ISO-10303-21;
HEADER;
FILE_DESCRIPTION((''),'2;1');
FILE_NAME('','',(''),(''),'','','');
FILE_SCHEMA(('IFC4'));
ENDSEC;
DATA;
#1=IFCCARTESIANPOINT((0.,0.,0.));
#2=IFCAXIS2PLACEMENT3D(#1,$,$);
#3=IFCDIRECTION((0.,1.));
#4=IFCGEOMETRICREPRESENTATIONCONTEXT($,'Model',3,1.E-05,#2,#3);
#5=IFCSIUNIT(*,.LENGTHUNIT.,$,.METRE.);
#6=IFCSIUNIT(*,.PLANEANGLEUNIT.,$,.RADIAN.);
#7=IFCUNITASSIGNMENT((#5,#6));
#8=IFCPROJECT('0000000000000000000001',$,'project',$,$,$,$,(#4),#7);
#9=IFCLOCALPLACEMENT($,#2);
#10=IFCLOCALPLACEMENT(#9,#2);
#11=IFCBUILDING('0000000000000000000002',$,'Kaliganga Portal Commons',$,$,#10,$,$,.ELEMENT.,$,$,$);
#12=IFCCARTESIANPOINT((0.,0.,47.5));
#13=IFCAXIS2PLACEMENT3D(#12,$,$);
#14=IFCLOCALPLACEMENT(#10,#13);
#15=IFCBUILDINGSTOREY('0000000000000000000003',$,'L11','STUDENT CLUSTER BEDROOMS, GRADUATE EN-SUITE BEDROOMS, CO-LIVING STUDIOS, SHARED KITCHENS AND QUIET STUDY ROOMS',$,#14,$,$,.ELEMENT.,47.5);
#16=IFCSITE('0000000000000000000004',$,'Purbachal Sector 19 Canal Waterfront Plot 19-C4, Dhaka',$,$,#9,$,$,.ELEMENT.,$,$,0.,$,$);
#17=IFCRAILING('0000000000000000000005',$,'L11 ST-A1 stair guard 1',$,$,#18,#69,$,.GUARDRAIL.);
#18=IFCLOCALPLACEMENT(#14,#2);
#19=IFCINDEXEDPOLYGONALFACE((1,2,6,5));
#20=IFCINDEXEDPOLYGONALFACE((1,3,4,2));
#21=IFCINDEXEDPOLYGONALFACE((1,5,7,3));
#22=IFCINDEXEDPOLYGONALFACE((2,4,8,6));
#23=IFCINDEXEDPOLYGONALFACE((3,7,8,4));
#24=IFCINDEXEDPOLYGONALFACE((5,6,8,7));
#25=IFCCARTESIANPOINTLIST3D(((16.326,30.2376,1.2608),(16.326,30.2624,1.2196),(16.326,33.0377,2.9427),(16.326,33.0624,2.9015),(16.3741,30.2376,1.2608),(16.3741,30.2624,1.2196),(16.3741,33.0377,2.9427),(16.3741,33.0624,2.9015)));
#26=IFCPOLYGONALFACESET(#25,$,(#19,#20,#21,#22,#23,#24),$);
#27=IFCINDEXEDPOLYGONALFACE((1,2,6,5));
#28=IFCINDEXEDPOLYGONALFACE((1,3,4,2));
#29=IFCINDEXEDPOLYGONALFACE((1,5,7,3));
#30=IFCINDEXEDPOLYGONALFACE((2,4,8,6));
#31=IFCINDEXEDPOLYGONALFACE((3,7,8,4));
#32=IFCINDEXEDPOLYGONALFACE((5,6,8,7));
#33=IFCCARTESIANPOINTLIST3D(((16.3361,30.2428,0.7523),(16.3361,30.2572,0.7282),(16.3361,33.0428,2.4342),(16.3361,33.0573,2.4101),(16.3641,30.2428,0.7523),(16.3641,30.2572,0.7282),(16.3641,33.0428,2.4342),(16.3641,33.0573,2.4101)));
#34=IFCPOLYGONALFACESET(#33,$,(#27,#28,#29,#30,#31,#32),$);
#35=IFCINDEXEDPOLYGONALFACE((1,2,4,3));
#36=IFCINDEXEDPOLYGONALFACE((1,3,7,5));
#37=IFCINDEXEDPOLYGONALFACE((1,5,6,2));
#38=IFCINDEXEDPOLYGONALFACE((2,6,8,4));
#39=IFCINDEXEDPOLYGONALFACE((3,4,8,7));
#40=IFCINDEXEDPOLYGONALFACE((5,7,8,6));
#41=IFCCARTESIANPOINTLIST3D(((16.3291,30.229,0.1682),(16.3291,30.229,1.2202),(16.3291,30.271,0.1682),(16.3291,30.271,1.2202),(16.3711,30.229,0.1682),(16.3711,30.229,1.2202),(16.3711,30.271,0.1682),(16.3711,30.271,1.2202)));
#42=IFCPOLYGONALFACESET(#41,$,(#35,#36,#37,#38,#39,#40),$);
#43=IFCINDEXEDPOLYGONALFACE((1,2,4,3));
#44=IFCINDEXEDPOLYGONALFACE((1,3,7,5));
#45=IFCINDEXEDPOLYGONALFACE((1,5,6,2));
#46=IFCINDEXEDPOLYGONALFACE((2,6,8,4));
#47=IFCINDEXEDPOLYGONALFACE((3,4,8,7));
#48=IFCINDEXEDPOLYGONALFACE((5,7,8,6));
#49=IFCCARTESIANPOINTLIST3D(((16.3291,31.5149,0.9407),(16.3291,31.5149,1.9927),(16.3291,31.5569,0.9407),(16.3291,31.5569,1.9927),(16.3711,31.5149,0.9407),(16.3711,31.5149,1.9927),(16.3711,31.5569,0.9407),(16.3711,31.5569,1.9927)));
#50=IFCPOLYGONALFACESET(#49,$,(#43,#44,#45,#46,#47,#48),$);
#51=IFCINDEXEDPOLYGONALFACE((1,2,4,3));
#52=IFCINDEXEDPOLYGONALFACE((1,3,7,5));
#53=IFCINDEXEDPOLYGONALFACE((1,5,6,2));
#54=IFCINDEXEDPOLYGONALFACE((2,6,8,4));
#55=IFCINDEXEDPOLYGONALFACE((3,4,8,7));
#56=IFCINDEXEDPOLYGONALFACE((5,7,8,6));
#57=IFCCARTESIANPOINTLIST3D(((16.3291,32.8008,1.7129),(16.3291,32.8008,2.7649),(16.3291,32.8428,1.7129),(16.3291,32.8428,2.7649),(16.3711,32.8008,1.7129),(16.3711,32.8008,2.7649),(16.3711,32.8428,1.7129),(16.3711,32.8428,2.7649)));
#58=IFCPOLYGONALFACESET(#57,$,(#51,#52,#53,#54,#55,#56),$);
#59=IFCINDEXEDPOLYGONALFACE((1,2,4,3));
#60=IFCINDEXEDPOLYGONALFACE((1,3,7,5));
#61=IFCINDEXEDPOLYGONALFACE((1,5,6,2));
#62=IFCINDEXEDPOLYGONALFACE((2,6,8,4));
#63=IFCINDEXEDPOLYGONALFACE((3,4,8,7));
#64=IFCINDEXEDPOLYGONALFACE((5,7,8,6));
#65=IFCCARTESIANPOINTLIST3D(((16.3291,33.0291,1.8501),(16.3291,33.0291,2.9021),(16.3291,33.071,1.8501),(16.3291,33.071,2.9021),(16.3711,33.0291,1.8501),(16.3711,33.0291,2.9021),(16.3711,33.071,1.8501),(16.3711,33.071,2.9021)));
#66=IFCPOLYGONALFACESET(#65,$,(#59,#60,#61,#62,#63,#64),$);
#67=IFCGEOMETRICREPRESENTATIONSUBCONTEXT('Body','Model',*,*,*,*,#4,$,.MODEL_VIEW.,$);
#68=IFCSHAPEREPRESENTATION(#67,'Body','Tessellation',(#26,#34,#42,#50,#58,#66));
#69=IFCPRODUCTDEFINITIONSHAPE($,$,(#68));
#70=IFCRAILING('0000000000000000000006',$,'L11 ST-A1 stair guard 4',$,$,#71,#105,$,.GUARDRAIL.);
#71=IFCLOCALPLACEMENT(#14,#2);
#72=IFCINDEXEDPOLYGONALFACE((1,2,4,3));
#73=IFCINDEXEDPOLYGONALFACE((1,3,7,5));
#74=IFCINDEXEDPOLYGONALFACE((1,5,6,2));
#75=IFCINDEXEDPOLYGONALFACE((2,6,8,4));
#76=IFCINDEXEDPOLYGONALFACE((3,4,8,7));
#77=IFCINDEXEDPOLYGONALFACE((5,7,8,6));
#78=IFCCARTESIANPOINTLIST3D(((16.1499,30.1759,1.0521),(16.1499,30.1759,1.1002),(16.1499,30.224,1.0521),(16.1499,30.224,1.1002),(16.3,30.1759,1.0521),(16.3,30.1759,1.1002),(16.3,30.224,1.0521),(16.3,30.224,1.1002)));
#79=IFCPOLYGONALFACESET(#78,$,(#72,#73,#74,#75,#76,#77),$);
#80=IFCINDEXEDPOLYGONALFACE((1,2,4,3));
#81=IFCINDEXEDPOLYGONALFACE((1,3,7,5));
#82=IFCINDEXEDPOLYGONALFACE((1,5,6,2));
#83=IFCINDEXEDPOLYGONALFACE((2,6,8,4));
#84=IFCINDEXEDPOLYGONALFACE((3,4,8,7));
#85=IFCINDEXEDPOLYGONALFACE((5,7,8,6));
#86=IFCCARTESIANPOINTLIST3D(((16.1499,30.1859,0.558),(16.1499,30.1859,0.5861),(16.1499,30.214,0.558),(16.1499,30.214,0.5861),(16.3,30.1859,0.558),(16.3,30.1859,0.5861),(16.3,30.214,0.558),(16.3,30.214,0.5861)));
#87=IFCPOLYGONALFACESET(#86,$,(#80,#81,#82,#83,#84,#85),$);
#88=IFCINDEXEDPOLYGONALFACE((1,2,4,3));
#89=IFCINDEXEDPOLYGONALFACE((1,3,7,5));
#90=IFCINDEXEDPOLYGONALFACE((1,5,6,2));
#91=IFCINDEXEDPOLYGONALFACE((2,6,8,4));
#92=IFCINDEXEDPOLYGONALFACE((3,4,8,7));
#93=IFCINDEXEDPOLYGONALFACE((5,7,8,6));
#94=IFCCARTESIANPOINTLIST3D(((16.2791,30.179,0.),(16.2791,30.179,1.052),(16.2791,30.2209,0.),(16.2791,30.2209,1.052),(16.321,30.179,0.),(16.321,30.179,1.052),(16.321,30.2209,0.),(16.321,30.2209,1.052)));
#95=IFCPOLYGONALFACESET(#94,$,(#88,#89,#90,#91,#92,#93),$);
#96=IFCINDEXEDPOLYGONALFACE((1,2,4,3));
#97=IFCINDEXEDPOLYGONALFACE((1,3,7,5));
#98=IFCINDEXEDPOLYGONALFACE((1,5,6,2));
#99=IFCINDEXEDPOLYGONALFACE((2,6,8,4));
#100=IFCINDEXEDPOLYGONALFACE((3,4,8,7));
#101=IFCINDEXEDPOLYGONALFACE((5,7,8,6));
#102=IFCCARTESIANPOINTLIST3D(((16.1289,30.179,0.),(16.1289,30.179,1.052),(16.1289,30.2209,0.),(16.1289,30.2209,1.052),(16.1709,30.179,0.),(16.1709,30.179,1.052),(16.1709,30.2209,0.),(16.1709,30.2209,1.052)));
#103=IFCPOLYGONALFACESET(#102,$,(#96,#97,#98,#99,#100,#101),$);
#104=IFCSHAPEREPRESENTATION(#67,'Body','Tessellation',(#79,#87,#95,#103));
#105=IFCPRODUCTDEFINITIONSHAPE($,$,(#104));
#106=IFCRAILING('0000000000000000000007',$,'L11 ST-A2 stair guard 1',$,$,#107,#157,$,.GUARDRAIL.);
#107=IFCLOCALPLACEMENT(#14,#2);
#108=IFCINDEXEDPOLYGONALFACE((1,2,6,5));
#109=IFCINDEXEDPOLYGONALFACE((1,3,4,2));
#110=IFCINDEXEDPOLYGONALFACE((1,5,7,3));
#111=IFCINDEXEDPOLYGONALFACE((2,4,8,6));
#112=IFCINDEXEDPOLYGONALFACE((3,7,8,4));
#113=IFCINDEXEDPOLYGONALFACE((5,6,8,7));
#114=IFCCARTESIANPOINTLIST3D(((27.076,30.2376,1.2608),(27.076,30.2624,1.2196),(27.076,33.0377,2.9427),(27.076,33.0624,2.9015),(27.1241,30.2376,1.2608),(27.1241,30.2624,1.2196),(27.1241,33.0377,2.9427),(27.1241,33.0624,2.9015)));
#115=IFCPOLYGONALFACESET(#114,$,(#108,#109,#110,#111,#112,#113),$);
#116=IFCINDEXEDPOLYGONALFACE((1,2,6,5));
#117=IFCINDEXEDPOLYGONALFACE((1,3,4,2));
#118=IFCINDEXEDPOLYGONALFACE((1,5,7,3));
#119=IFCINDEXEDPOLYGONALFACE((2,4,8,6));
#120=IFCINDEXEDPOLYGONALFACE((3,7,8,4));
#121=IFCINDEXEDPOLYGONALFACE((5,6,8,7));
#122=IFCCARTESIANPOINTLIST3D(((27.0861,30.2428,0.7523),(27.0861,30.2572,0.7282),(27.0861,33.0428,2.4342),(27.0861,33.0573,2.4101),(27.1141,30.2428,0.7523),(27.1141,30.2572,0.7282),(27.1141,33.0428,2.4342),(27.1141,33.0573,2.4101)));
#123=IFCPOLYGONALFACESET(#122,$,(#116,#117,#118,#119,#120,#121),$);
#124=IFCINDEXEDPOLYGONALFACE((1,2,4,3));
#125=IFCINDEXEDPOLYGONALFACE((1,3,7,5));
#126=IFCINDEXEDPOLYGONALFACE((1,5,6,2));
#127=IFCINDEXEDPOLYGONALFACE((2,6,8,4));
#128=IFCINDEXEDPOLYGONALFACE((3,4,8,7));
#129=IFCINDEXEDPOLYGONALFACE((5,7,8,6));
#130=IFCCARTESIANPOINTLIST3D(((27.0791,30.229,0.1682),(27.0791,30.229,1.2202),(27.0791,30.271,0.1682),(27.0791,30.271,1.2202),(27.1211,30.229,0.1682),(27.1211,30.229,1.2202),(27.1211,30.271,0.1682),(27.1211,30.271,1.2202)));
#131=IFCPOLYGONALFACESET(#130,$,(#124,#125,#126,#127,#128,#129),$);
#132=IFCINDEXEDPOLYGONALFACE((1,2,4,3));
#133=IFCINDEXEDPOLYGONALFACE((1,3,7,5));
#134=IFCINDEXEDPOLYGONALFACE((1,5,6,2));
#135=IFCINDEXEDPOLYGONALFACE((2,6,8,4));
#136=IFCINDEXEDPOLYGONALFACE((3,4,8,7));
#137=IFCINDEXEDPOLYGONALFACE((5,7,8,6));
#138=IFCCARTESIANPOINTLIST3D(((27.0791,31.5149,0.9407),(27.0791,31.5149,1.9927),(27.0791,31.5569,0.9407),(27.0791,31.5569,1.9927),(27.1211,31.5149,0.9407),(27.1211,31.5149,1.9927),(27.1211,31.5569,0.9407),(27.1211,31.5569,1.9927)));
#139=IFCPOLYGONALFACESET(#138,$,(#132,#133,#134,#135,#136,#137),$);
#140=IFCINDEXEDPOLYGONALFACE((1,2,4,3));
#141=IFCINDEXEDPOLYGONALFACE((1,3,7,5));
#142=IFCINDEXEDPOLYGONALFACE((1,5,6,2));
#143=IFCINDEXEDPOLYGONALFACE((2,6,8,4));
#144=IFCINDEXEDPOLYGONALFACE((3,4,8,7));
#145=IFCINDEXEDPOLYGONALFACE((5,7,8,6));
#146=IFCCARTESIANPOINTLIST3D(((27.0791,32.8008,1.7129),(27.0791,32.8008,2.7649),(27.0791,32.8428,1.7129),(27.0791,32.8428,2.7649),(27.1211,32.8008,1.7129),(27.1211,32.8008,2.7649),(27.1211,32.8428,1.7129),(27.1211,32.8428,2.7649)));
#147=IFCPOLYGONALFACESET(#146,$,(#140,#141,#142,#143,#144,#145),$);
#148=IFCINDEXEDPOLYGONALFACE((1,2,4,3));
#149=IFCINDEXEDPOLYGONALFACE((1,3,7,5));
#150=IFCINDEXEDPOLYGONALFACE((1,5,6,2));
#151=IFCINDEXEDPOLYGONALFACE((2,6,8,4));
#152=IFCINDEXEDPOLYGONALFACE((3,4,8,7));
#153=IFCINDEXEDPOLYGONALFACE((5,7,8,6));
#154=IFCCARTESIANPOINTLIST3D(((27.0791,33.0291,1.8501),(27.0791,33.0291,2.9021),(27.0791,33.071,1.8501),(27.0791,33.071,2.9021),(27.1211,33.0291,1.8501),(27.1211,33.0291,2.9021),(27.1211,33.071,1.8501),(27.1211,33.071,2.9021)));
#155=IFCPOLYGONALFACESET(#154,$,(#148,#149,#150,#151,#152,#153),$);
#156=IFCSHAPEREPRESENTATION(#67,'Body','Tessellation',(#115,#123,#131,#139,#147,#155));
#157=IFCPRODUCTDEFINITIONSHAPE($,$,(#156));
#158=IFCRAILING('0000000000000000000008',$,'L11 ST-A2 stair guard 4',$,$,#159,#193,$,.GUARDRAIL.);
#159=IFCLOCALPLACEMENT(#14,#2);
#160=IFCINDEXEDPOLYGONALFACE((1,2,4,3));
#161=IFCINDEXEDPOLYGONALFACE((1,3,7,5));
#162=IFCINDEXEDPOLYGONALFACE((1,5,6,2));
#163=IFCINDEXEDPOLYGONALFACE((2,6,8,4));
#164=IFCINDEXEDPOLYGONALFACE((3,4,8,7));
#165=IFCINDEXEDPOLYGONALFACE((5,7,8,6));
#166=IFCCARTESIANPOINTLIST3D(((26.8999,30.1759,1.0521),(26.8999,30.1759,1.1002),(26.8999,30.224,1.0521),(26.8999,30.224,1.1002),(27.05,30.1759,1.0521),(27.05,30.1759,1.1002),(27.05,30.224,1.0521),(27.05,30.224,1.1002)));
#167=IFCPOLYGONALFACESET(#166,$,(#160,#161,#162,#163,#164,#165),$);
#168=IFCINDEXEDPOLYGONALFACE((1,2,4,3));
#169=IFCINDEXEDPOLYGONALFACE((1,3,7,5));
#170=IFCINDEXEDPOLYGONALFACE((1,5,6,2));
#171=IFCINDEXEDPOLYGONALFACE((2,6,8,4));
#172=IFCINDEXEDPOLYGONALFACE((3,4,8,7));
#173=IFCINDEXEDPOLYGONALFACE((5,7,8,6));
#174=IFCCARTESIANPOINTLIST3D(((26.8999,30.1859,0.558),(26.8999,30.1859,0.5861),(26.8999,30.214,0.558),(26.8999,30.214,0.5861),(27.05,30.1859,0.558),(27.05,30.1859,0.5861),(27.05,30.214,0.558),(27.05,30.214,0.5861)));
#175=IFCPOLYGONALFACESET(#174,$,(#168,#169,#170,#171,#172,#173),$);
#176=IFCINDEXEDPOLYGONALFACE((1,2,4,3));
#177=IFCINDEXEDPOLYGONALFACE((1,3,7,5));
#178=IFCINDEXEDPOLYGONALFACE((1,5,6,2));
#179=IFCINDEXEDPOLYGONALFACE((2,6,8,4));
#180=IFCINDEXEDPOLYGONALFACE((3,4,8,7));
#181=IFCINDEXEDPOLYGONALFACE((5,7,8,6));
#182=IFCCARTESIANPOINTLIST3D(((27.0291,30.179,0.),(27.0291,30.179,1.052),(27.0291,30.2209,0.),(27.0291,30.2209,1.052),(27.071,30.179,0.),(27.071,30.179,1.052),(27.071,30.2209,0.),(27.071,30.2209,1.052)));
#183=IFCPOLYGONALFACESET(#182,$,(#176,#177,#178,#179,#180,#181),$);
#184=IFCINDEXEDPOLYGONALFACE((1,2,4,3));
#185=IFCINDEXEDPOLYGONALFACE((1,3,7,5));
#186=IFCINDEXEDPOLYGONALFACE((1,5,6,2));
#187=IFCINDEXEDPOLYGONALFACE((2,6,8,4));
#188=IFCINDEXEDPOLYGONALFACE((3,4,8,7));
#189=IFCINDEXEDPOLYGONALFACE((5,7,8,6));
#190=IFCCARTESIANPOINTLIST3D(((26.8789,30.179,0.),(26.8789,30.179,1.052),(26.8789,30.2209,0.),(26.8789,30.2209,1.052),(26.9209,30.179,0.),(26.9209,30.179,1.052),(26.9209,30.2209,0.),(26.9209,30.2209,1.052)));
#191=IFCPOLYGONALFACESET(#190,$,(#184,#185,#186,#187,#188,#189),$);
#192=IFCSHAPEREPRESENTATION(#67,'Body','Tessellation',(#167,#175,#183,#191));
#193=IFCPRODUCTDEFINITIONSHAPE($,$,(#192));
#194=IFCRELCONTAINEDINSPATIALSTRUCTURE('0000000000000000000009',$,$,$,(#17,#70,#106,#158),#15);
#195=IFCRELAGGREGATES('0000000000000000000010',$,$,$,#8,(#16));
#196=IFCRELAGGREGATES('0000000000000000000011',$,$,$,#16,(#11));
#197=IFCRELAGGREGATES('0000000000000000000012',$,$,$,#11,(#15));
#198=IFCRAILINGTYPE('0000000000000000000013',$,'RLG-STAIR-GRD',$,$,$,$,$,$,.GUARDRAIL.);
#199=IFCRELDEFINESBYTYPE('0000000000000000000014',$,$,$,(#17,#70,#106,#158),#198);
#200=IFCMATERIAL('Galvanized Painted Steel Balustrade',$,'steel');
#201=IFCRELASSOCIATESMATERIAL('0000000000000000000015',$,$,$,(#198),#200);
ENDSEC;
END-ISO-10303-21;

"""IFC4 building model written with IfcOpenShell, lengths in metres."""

from ifc_helpers import new_model, si_unit, direction, frame, origin, origin_2d, place, context, subcontext, project, spatial, rectangle, extrude, material, type_object, element, save


model = new_model("IFC4")

# Units and contexts
model_context = context("Model", 3, precision=1e-05, world=origin(), true_north=direction((0.0, 1.0)))
body_context = subcontext(model_context, "Body", "Model", "MODEL_VIEW")
ifc_project = project(units=[si_unit("LENGTHUNIT", "METRE"), si_unit("PLANEANGLEUNIT", "RADIAN")], contexts=[model_context])

# Site, building, storey
site_placement = place(None, origin())
site = spatial("IfcSite", under=ifc_project, at=site_placement, Name="Purbachal Sector 19 Canal Waterfront Plot 19-C4, Dhaka", CompositionType="ELEMENT", RefElevation=0.0)
building_placement = place(site_placement, origin())
building = spatial("IfcBuilding", under=site, at=building_placement, Name="Kaliganga Portal Commons", CompositionType="ELEMENT")
storey_placement = place(building_placement, frame((0.0, 0.0, 47.5)))
storey = spatial("IfcBuildingStorey", under=building, at=storey_placement, Name="L11", Description="STUDENT CLUSTER BEDROOMS, GRADUATE EN-SUITE BEDROOMS, CO-LIVING STUDIOS, SHARED KITCHENS AND QUIET STUDY ROOMS", CompositionType="ELEMENT", Elevation=47.5)

# Railings
ifc_material_1 = material(Name="Galvanized Painted Steel Balustrade", Category="steel")
railing_type_1 = type_object("IfcRailingType", Name="RLG-STAIR-GRD", PredefinedType="GUARDRAIL", material=ifc_material_1)
railing_1_placement = place(storey_placement, frame((16.3501, 30.25, 0.1682)))
element("IfcRailing", 1, at=railing_1_placement, inside=storey, type_object=railing_type_1, Name="L11 ST-A1 stair guard 1", PredefinedType="GUARDRAIL", context=body_context, shape_type="SweptSolid", body=[
    extrude(rectangle(XDim=0.0481, YDim=0.0481, at=origin_2d()), frame((0.0, 0.0, 1.072), z_axis=(0.0, 0.857242, 0.514913), x_axis=(-1.0, 0.0, 0.0)), (0.0, 0.0, 1.0), 3.2664),
    extrude(rectangle(XDim=0.0281, YDim=0.0281, at=origin_2d()), frame((0.0, 0.0, 0.572), z_axis=(0.0, 0.857242, 0.514913), x_axis=(-1.0, 0.0, 0.0)), (0.0, 0.0, 1.0), 3.2664),
    extrude(rectangle(XDim=0.042, YDim=0.042, at=origin_2d()), origin(), (0.0, 0.0, 1.0), 1.052),
    extrude(rectangle(XDim=0.042, YDim=0.042, at=origin_2d()), frame((0.0, 1.2859, 0.7725)), (0.0, 0.0, 1.0), 1.052),
    extrude(rectangle(XDim=0.042, YDim=0.042, at=origin_2d()), frame((0.0, 2.5718, 1.5447)), (0.0, 0.0, 1.0), 1.052),
    extrude(rectangle(XDim=0.042, YDim=0.042, at=origin_2d()), frame((0.0, 2.8, 1.6819)), (0.0, 0.0, 1.0), 1.052),
])
railing_2_placement = place(storey_placement, frame((16.3, 30.2, 0.0)))
element("IfcRailing", 2, at=railing_2_placement, inside=storey, type_object=railing_type_1, Name="L11 ST-A1 stair guard 4", PredefinedType="GUARDRAIL", context=body_context, shape_type="SweptSolid", body=[
    extrude(rectangle(XDim=0.0481, YDim=0.0481, at=origin_2d()), frame((0.0, 0.0, 1.0762), z_axis=(-1.0, 0.0, 0.0), x_axis=(0.0, -1.0, 0.0)), (0.0, 0.0, 1.0), 0.1501),
    extrude(rectangle(XDim=0.0281, YDim=0.0281, at=origin_2d()), frame((0.0, 0.0, 0.572), z_axis=(-1.0, 0.0, 0.0), x_axis=(0.0, -1.0, 0.0)), (0.0, 0.0, 1.0), 0.1501),
    extrude(rectangle(XDim=0.042, YDim=0.042, at=origin_2d()), origin(), (0.0, 0.0, 1.0), 1.052),
    extrude(rectangle(XDim=0.042, YDim=0.042, at=origin_2d()), frame((-0.1501, 0.0, 0.0)), (0.0, 0.0, 1.0), 1.052),
])
railing_3_placement = place(storey_placement, frame((27.1001, 30.25, 0.1682)))
element("IfcRailing", 3, at=railing_3_placement, inside=storey, type_object=railing_type_1, Name="L11 ST-A2 stair guard 1", PredefinedType="GUARDRAIL", context=body_context, shape_type="SweptSolid", body=[
    extrude(rectangle(XDim=0.0481, YDim=0.0481, at=origin_2d()), frame((0.0, 0.0, 1.072), z_axis=(0.0, 0.857242, 0.514913), x_axis=(-1.0, 0.0, 0.0)), (0.0, 0.0, 1.0), 3.2664),
    extrude(rectangle(XDim=0.0281, YDim=0.0281, at=origin_2d()), frame((0.0, 0.0, 0.572), z_axis=(0.0, 0.857242, 0.514913), x_axis=(-1.0, 0.0, 0.0)), (0.0, 0.0, 1.0), 3.2664),
    extrude(rectangle(XDim=0.042, YDim=0.042, at=origin_2d()), origin(), (0.0, 0.0, 1.0), 1.052),
    extrude(rectangle(XDim=0.042, YDim=0.042, at=origin_2d()), frame((0.0, 1.2859, 0.7725)), (0.0, 0.0, 1.0), 1.052),
    extrude(rectangle(XDim=0.042, YDim=0.042, at=origin_2d()), frame((0.0, 2.5718, 1.5447)), (0.0, 0.0, 1.0), 1.052),
    extrude(rectangle(XDim=0.042, YDim=0.042, at=origin_2d()), frame((0.0, 2.8, 1.6819)), (0.0, 0.0, 1.0), 1.052),
])
railing_4_placement = place(storey_placement, frame((27.05, 30.2, 0.0)))
element("IfcRailing", 4, at=railing_4_placement, inside=storey, type_object=railing_type_1, Name="L11 ST-A2 stair guard 4", PredefinedType="GUARDRAIL", context=body_context, shape_type="SweptSolid", body=[
    extrude(rectangle(XDim=0.0481, YDim=0.0481, at=origin_2d()), frame((0.0, 0.0, 1.0762), z_axis=(-1.0, 0.0, 0.0), x_axis=(0.0, -1.0, 0.0)), (0.0, 0.0, 1.0), 0.1501),
    extrude(rectangle(XDim=0.0281, YDim=0.0281, at=origin_2d()), frame((0.0, 0.0, 0.572), z_axis=(-1.0, 0.0, 0.0), x_axis=(0.0, -1.0, 0.0)), (0.0, 0.0, 1.0), 0.1501),
    extrude(rectangle(XDim=0.042, YDim=0.042, at=origin_2d()), origin(), (0.0, 0.0, 1.0), 1.052),
    extrude(rectangle(XDim=0.042, YDim=0.042, at=origin_2d()), frame((-0.1501, 0.0, 0.0)), (0.0, 0.0, 1.0), 1.052),
])

save(model, "model.ifc")
